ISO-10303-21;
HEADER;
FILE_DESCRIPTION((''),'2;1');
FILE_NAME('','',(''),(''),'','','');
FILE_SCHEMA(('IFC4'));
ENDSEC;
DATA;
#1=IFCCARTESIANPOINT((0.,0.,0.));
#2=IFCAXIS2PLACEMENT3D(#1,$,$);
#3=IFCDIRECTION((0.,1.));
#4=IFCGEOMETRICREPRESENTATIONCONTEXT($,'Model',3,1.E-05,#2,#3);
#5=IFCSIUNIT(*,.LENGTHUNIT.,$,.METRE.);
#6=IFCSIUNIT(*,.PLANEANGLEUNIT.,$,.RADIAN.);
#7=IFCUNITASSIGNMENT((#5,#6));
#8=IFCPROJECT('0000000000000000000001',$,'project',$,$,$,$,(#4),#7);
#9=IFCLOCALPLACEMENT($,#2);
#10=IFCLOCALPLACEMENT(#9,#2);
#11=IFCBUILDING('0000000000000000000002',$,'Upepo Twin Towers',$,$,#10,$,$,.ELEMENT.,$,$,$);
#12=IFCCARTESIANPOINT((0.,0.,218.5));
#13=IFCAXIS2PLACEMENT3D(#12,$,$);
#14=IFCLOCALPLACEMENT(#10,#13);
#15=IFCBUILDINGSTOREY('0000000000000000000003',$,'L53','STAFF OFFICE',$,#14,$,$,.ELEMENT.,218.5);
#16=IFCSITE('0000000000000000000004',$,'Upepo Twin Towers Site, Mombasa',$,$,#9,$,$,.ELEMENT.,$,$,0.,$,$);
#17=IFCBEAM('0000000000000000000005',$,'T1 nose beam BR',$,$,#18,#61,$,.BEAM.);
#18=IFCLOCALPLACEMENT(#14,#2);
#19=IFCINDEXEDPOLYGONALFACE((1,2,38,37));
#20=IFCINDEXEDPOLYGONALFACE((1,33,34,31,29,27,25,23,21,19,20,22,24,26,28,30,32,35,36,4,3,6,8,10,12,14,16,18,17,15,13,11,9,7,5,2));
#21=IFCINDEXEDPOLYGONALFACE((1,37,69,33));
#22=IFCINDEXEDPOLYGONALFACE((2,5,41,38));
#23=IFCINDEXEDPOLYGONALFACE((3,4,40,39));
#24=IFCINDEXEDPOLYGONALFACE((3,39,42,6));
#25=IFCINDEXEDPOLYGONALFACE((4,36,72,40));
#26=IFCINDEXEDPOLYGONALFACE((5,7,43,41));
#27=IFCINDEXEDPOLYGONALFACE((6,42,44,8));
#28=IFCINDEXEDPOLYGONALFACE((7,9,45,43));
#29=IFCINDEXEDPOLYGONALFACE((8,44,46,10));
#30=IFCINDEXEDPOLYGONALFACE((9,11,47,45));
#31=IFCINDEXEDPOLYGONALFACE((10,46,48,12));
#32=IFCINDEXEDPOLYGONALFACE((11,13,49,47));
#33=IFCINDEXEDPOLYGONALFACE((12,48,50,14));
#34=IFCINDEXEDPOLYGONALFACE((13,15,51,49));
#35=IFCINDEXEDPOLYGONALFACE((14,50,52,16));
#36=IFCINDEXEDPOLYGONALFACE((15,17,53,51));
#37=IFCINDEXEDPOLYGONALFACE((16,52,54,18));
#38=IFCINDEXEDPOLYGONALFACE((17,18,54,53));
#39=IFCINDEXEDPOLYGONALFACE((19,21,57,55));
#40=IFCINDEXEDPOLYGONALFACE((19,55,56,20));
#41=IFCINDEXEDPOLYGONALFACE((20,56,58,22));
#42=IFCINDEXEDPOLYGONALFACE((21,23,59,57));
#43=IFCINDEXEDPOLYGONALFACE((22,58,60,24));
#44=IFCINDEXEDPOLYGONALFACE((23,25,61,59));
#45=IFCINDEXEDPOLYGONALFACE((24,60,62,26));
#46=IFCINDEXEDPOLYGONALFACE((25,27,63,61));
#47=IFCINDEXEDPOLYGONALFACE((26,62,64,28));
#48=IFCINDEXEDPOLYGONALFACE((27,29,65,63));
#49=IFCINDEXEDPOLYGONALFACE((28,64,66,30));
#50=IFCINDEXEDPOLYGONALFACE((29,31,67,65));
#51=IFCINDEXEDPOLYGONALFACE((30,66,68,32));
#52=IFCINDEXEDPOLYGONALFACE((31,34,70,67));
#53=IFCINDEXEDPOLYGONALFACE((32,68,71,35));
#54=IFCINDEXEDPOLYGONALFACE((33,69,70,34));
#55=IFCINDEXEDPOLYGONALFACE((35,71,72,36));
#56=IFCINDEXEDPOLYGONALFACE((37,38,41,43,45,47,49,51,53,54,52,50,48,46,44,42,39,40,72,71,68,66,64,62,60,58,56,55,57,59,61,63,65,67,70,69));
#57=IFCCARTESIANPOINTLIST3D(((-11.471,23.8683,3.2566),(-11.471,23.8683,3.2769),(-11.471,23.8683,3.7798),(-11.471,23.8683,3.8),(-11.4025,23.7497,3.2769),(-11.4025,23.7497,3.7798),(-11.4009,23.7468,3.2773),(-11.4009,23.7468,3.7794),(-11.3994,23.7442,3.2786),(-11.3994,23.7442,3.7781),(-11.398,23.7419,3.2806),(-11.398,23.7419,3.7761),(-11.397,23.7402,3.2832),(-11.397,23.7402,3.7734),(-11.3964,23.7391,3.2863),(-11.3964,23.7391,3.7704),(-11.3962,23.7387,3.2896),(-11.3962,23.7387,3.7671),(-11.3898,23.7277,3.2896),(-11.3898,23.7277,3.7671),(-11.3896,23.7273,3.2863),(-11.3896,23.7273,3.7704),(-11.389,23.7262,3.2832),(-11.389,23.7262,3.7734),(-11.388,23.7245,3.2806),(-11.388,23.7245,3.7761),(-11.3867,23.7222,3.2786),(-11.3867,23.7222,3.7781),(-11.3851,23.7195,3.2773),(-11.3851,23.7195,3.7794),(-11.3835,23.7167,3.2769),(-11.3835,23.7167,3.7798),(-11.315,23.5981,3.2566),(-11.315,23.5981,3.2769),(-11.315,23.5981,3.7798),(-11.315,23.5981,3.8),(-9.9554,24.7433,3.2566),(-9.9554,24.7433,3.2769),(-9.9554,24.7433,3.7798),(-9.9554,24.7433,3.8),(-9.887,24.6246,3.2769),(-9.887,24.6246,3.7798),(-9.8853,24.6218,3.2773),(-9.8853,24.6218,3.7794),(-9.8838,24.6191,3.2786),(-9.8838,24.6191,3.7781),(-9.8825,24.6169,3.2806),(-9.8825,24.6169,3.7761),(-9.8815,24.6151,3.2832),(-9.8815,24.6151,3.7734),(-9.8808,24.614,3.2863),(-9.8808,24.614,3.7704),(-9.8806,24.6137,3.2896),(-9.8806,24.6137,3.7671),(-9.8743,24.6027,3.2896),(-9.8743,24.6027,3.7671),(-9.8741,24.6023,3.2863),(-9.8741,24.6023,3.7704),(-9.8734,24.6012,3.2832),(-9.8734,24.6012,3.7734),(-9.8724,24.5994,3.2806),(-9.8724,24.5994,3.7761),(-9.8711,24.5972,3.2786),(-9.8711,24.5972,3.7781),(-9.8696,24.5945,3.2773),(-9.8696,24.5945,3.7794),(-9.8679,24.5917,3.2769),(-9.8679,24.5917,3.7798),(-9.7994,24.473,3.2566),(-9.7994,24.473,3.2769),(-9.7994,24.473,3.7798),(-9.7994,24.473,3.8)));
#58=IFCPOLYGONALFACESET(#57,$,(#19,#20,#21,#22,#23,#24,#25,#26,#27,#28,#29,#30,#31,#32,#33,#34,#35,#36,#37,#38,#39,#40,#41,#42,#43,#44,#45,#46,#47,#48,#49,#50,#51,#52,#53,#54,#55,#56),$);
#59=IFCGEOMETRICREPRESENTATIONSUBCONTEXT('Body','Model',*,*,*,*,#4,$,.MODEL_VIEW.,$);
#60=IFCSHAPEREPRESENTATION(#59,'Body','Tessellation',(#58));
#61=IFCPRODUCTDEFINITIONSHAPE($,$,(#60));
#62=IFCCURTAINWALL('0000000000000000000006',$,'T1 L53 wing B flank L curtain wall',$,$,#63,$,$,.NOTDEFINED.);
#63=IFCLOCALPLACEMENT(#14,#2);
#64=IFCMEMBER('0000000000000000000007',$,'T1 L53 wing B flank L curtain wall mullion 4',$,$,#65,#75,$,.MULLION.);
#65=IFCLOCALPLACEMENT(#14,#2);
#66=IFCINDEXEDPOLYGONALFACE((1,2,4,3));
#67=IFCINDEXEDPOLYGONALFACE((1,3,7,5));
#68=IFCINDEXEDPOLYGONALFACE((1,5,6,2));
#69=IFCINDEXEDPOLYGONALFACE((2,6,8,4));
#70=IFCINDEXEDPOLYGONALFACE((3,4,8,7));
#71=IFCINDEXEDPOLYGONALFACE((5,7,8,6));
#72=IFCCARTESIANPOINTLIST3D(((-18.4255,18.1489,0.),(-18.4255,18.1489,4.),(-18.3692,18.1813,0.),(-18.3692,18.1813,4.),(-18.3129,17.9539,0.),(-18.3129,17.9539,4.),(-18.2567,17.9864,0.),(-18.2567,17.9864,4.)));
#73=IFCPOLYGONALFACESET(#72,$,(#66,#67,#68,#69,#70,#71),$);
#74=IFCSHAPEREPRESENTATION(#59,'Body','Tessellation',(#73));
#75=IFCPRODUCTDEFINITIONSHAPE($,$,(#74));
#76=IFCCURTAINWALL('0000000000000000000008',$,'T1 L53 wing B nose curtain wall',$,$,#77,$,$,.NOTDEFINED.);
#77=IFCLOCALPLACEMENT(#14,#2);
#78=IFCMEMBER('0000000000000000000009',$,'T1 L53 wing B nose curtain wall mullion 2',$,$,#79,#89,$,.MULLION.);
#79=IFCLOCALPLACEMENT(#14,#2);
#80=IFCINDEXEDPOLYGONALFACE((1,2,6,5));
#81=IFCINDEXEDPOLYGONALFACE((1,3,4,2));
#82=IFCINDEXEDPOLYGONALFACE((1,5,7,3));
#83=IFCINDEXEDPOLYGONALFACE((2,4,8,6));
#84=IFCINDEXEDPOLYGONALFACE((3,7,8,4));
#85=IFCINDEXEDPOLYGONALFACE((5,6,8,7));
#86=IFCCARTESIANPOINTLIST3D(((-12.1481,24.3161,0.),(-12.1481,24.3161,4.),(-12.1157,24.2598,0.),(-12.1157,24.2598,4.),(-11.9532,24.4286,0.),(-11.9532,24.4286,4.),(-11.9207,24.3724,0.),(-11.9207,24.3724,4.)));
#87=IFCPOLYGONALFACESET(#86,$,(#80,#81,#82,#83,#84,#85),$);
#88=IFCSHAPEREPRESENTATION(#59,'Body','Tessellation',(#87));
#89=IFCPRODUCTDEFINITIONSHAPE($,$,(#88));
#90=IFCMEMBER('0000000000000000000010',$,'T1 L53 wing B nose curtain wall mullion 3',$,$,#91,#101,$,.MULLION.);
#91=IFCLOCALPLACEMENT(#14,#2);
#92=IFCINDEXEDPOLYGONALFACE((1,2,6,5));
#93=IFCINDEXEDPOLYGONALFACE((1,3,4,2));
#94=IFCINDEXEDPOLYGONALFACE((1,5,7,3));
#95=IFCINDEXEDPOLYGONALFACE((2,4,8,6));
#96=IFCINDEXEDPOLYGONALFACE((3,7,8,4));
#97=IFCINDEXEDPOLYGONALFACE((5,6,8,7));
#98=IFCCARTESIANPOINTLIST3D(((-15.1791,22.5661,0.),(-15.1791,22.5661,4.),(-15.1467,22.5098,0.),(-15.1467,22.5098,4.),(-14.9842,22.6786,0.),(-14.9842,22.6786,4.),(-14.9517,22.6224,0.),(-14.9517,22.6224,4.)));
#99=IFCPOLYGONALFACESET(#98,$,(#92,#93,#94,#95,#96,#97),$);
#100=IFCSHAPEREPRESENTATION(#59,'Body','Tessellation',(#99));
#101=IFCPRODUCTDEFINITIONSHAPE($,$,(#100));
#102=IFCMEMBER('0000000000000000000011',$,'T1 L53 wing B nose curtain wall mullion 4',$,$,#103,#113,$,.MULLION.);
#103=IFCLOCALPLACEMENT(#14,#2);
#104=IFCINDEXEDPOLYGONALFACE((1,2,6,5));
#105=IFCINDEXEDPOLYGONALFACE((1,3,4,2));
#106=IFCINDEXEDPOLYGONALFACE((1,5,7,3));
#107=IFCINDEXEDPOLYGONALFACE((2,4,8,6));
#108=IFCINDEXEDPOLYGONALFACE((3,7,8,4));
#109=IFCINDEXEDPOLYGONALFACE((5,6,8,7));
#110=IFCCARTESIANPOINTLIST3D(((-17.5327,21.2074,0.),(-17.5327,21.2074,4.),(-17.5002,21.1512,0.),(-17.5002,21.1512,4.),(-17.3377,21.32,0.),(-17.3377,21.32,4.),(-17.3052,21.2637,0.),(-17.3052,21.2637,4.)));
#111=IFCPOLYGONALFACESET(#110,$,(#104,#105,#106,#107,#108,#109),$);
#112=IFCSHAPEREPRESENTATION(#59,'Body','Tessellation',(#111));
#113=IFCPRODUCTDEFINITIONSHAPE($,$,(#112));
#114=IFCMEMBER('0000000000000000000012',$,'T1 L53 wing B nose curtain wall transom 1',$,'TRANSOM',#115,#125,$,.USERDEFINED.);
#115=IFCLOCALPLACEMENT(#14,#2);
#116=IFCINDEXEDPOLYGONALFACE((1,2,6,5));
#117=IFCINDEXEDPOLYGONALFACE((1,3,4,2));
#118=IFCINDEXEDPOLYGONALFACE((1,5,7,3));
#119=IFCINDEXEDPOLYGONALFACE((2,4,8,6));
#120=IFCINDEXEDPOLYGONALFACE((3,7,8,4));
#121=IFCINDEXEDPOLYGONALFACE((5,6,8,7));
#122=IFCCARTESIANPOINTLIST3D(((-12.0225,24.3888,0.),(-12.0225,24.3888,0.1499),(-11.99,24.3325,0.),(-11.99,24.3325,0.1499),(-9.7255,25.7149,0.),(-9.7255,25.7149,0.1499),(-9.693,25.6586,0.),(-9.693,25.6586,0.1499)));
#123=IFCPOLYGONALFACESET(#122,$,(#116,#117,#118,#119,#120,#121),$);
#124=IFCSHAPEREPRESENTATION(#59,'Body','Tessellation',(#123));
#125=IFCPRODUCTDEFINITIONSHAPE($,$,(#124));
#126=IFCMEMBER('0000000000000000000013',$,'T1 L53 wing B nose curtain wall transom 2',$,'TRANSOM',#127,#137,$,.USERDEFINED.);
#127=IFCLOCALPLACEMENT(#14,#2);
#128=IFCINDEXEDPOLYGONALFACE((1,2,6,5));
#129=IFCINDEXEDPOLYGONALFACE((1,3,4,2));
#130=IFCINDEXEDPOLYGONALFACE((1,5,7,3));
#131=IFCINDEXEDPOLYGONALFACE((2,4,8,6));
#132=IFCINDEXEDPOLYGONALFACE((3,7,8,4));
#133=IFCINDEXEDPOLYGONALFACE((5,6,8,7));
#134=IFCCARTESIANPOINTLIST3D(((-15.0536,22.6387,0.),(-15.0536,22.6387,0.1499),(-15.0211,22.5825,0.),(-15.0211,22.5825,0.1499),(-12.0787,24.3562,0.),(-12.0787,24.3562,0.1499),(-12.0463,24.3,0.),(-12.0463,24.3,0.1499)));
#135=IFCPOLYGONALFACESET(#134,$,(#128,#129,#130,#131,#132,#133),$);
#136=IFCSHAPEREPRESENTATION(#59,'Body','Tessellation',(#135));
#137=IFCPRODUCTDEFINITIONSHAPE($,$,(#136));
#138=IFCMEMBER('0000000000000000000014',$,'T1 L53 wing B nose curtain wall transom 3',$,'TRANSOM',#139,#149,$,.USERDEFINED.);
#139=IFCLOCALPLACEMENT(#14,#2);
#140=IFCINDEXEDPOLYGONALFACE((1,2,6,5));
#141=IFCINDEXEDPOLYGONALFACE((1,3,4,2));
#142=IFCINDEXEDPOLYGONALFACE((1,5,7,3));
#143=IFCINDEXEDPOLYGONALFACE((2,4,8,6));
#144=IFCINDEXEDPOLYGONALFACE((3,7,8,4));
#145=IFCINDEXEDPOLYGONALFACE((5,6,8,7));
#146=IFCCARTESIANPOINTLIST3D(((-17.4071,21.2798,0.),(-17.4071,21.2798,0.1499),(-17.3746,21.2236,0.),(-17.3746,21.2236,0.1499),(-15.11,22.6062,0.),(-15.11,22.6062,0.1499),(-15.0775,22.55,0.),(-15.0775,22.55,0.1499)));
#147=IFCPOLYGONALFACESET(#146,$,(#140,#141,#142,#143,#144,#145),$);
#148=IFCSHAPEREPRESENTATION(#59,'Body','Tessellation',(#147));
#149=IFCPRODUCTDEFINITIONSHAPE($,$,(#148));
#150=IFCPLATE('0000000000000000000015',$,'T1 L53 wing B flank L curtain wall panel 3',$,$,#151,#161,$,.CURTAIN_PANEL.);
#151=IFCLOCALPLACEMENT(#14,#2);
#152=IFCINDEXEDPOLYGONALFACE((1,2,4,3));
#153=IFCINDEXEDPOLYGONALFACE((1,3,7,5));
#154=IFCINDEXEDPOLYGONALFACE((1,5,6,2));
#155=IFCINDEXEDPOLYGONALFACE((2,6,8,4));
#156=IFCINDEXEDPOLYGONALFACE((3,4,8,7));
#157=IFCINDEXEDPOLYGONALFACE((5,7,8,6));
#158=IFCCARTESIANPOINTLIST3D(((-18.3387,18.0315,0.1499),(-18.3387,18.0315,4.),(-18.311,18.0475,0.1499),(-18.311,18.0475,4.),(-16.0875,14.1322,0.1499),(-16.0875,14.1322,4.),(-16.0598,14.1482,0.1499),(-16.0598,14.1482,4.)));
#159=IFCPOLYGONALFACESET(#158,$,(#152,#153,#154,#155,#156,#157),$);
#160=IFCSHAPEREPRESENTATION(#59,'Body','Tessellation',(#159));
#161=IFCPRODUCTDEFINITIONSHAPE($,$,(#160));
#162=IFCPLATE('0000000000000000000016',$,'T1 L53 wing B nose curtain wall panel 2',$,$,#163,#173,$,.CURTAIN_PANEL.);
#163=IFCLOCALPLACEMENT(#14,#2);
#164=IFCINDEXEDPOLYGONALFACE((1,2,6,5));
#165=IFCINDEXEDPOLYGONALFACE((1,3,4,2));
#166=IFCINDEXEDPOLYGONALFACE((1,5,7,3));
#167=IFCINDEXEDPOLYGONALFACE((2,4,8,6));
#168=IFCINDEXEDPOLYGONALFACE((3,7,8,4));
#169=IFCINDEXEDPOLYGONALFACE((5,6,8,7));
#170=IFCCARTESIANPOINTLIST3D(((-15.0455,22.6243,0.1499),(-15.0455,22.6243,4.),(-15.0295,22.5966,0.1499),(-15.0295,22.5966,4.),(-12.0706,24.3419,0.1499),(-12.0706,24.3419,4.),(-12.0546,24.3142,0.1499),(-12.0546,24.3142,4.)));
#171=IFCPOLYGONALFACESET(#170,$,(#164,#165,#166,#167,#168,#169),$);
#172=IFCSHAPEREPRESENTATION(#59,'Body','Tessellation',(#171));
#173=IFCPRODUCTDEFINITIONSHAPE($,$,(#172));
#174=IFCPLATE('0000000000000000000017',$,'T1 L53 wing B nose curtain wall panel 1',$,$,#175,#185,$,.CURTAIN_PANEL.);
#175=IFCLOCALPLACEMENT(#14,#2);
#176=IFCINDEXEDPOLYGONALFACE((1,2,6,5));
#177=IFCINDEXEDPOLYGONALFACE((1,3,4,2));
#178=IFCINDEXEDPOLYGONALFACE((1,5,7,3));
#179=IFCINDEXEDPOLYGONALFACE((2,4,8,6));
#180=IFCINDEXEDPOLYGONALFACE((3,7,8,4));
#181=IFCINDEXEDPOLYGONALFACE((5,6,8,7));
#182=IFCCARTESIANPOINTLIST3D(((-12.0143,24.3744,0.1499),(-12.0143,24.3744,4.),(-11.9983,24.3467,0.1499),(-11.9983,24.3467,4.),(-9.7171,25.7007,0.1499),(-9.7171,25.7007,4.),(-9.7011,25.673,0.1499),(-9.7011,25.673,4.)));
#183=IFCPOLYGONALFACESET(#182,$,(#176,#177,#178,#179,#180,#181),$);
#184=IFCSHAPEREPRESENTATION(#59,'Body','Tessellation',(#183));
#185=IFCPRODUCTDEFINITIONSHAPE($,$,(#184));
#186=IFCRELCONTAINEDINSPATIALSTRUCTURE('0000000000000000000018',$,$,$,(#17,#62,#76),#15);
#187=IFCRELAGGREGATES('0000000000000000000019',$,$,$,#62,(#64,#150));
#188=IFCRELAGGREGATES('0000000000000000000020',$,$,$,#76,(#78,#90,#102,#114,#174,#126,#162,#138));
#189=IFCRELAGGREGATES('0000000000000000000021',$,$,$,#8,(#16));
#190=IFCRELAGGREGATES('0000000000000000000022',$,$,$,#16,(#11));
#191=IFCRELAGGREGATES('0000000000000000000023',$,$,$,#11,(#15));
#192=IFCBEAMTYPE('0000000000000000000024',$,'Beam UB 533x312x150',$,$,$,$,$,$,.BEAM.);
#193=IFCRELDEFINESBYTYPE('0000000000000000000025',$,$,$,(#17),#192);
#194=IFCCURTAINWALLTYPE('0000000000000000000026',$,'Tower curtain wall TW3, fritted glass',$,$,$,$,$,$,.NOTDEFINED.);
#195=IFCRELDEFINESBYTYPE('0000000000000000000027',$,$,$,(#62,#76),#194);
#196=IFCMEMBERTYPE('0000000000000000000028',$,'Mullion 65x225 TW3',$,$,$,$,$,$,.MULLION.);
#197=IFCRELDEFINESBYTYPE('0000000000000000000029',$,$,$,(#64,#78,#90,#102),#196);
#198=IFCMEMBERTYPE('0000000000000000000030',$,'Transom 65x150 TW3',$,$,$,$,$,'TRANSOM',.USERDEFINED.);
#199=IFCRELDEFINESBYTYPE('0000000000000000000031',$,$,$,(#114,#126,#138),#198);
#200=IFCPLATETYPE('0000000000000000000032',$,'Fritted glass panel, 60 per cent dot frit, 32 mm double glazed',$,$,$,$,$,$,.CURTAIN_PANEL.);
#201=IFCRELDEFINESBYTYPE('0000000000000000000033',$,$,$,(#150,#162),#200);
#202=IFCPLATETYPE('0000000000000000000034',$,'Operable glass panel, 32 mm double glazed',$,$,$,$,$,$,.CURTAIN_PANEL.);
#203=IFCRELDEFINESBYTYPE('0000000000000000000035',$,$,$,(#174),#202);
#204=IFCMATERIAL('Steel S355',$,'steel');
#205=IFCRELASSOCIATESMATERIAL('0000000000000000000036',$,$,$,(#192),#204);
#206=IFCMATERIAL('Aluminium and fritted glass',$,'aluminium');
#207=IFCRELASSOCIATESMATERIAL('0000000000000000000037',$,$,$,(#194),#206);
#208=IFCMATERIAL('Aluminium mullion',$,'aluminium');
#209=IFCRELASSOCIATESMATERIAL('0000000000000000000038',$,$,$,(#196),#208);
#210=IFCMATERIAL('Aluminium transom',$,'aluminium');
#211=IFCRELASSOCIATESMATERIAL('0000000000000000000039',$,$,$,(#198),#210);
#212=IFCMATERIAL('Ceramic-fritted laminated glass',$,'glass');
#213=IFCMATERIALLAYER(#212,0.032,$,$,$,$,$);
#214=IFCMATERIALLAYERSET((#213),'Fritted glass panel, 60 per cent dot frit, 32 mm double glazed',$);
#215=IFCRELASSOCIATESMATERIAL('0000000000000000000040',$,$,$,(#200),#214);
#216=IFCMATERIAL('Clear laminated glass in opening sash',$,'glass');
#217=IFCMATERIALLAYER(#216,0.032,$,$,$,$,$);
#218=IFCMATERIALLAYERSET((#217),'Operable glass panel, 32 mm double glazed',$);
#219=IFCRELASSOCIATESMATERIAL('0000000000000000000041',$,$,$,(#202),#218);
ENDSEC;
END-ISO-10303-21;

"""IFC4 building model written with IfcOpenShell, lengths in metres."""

from ifc_helpers import new_model, si_unit, direction, frame, origin, origin_2d, place, context, subcontext, project, spatial, rectangle, i_section, extrude, material, layer, layer_set, material_profile, profile_set, type_object, element, aggregate, save


model = new_model("IFC4")

# Units and contexts
model_context = context("Model", 3, precision=1e-05, world=origin(), true_north=direction((0.0, 1.0)))
body_context = subcontext(model_context, "Body", "Model", "MODEL_VIEW")
ifc_project = project(units=[si_unit("LENGTHUNIT", "METRE"), si_unit("PLANEANGLEUNIT", "RADIAN")], contexts=[model_context])

# Site, building, storey
site_placement = place(None, origin())
site = spatial("IfcSite", under=ifc_project, at=site_placement, Name="Upepo Twin Towers Site, Mombasa", CompositionType="ELEMENT", RefElevation=0.0)
building_placement = place(site_placement, origin())
building = spatial("IfcBuilding", under=site, at=building_placement, Name="Upepo Twin Towers", CompositionType="ELEMENT")
storey_placement = place(building_placement, frame((0.0, 0.0, 218.5)))
storey = spatial("IfcBuildingStorey", under=building, at=storey_placement, Name="L53", Description="STAFF OFFICE", CompositionType="ELEMENT", Elevation=218.5)

# Beam
ifc_material_1 = material(Name="Steel S355", Category="steel")
ifc_material_profile_1 = material_profile(ifc_material_1, i_section(OverallWidth=0.312, OverallDepth=0.5435, WebThickness=0.0127, FlangeThickness=0.0203, FilletRadius=0.0127, at=origin_2d()), Name="UB 533x312x150")
ifc_profile_set_1 = profile_set([ifc_material_profile_1], Name="Steel S355")
beam_type_1 = type_object("IfcBeamType", Name="Beam UB 533x312x150", PredefinedType="BEAM", material=ifc_profile_set_1)
for number, where, z_axis, x_axis, name in (
    (1, (-9.8774, 24.6082, 3.5283), (-0.866037, -0.49998, 0.0), (0.49998, -0.866037, 0.0), "T1 nose beam BR"),
):
    element("IfcBeam", number, at=place(storey_placement, frame(where, z_axis=z_axis, x_axis=x_axis)), inside=storey, type_object=beam_type_1, Name=name, PredefinedType="BEAM", context=body_context, shape_type="SweptSolid", body=[
        extrude(i_section(OverallWidth=0.312, OverallDepth=0.5435, WebThickness=0.0127, FlangeThickness=0.0203, FilletRadius=0.0127, at=origin_2d()), origin(), (0.0, 0.0, 1.0), 1.75),
    ])

# Curtain wall, member
ifc_material_2 = material(Name="Aluminium and fritted glass", Category="aluminium")
curtain_wall_type = type_object("IfcCurtainWallType", Name="Tower curtain wall TW3, fritted glass", PredefinedType="NOTDEFINED", material=ifc_material_2)
curtain_wall_1_placement = place(storey_placement, origin())
curtain_wall_1 = element("IfcCurtainWall", 2, at=curtain_wall_1_placement, inside=storey, type_object=curtain_wall_type, Name="T1 L53 wing B flank L curtain wall", PredefinedType="NOTDEFINED")
ifc_material_3 = material(Name="Aluminium mullion", Category="aluminium")
ifc_material_profile_2 = material_profile(ifc_material_3, rectangle(XDim=0.0649, YDim=0.2251, at=origin_2d()), Name="MULLION 65x225")
ifc_profile_set_2 = profile_set([ifc_material_profile_2], Name="Aluminium mullion")
member_type_1 = type_object("IfcMemberType", Name="Mullion 65x225 TW3", PredefinedType="MULLION", material=ifc_profile_set_2)
member_1_placement = place(storey_placement, frame((-18.3411, 18.0676, 0.0), z_axis=(0.0, 0.0, 1.0), x_axis=(-0.866025, -0.5, 0.0)))
member_1 = element("IfcMember", 3, at=member_1_placement, type_object=member_type_1, Name="T1 L53 wing B flank L curtain wall mullion 4", PredefinedType="MULLION", context=body_context, shape_type="SweptSolid", body=[
    extrude(rectangle(XDim=0.0649, YDim=0.2251, at=origin_2d()), origin(), (0.0, 0.0, 1.0), 4.0),
])

# Curtain wall, members
curtain_wall_2_placement = place(storey_placement, origin())
curtain_wall_2 = element("IfcCurtainWall", 4, at=curtain_wall_2_placement, inside=storey, type_object=curtain_wall_type, Name="T1 L53 wing B nose curtain wall", PredefinedType="NOTDEFINED")
member_2_placement = place(storey_placement, frame((-12.0344, 24.3442, 0.0), z_axis=(0.0, 0.0, 1.0), x_axis=(0.5, -0.866025, 0.0)))
member_2 = element("IfcMember", 5, at=member_2_placement, type_object=member_type_1, Name="T1 L53 wing B nose curtain wall mullion 2", PredefinedType="MULLION", context=body_context, shape_type="SweptSolid", body=[
    extrude(rectangle(XDim=0.0649, YDim=0.2251, at=origin_2d()), origin(), (0.0, 0.0, 1.0), 4.0),
])
member_3_placement = place(storey_placement, frame((-15.0654, 22.5942, 0.0), z_axis=(0.0, 0.0, 1.0), x_axis=(0.5, -0.866025, 0.0)))
member_3 = element("IfcMember", 6, at=member_3_placement, type_object=member_type_1, Name="T1 L53 wing B nose curtain wall mullion 3", PredefinedType="MULLION", context=body_context, shape_type="SweptSolid", body=[
    extrude(rectangle(XDim=0.0649, YDim=0.2251, at=origin_2d()), origin(), (0.0, 0.0, 1.0), 4.0),
])
member_4_placement = place(storey_placement, frame((-17.4189, 21.2356, 0.0), z_axis=(0.0, 0.0, 1.0), x_axis=(0.5, -0.866025, 0.0)))
member_4 = element("IfcMember", 7, at=member_4_placement, type_object=member_type_1, Name="T1 L53 wing B nose curtain wall mullion 4", PredefinedType="MULLION", context=body_context, shape_type="SweptSolid", body=[
    extrude(rectangle(XDim=0.0649, YDim=0.2251, at=origin_2d()), origin(), (0.0, 0.0, 1.0), 4.0),
])
ifc_material_4 = material(Name="Aluminium transom", Category="aluminium")
ifc_material_profile_3 = material_profile(ifc_material_4, rectangle(XDim=0.0649, YDim=0.1499, at=origin_2d()), Name="TRANSOM 65x150")
ifc_profile_set_3 = profile_set([ifc_material_profile_3], Name="Aluminium transom")
member_type_2 = type_object("IfcMemberType", Name="Transom 65x150 TW3", ElementType="TRANSOM", PredefinedType="USERDEFINED", material=ifc_profile_set_3)
member_5_placement = place(storey_placement, frame((-9.7092, 25.6868, 0.075), z_axis=(-0.866037, -0.49998, 0.0), x_axis=(0.49998, -0.866037, 0.0)))
member_5 = element("IfcMember", 8, at=member_5_placement, type_object=member_type_2, Name="T1 L53 wing B nose curtain wall transom 1", ObjectType="TRANSOM", PredefinedType="USERDEFINED", context=body_context, shape_type="SweptSolid", body=[
    extrude(rectangle(XDim=0.0649, YDim=0.1499, at=origin_2d()), origin(), (0.0, 0.0, 1.0), 2.6523),
])
member_6_placement = place(storey_placement, frame((-12.0625, 24.3281, 0.075), z_axis=(-0.866026, -0.499999, 0.0), x_axis=(0.499999, -0.866026, 0.0)))
member_6 = element("IfcMember", 9, at=member_6_placement, type_object=member_type_2, Name="T1 L53 wing B nose curtain wall transom 2", ObjectType="TRANSOM", PredefinedType="USERDEFINED", context=body_context, shape_type="SweptSolid", body=[
    extrude(rectangle(XDim=0.0649, YDim=0.1499, at=origin_2d()), origin(), (0.0, 0.0, 1.0), 3.4351),
])
member_7_placement = place(storey_placement, frame((-15.0938, 22.5781, 0.075), z_axis=(-0.865997, -0.500049, 0.0), x_axis=(0.500049, -0.865997, 0.0)))
member_7 = element("IfcMember", 10, at=member_7_placement, type_object=member_type_2, Name="T1 L53 wing B nose curtain wall transom 3", ObjectType="TRANSOM", PredefinedType="USERDEFINED", context=body_context, shape_type="SweptSolid", body=[
    extrude(rectangle(XDim=0.0649, YDim=0.1499, at=origin_2d()), origin(), (0.0, 0.0, 1.0), 2.6526),
])

# Plates
ifc_material_5 = material(Name="Ceramic-fritted laminated glass", Category="glass")
ifc_layer_1 = layer(ifc_material_5, 0.032)
ifc_layer_set_1 = layer_set([ifc_layer_1], Name="Fritted glass panel, 60 per cent dot frit, 32 mm double glazed")
plate_type_1 = type_object("IfcPlateType", Name="Fritted glass panel, 60 per cent dot frit, 32 mm double glazed", PredefinedType="CURTAIN_PANEL", material=ifc_layer_set_1)
plate_1_placement = place(storey_placement, frame((-17.1992, 16.0898, 0.1499), z_axis=(0.0, 0.0, 1.0), x_axis=(-0.5, 0.866025, 0.0)))
plate_1 = element("IfcPlate", 11, at=plate_1_placement, type_object=plate_type_1, Name="T1 L53 wing B flank L curtain wall panel 3", PredefinedType="CURTAIN_PANEL", context=body_context, shape_type="SweptSolid", body=[
    extrude(rectangle(XDim=4.5024, YDim=0.032, at=origin_2d()), origin(), (0.0, 0.0, 1.0), 3.8501),
])
aggregate(curtain_wall_1, [member_1, plate_1])
plate_2_placement = place(storey_placement, frame((-13.55, 23.4692, 0.1499), z_axis=(0.0, 0.0, 1.0), x_axis=(-0.866025, -0.5, 0.0)))
plate_2 = element("IfcPlate", 12, at=plate_2_placement, type_object=plate_type_1, Name="T1 L53 wing B nose curtain wall panel 2", PredefinedType="CURTAIN_PANEL", context=body_context, shape_type="SweptSolid", body=[
    extrude(rectangle(XDim=3.4351, YDim=0.032, at=origin_2d()), origin(), (0.0, 0.0, 1.0), 3.8501),
])
ifc_material_6 = material(Name="Clear laminated glass in opening sash", Category="glass")
ifc_layer_2 = layer(ifc_material_6, 0.032)
ifc_layer_set_2 = layer_set([ifc_layer_2], Name="Operable glass panel, 32 mm double glazed")
plate_type_2 = type_object("IfcPlateType", Name="Operable glass panel, 32 mm double glazed", PredefinedType="CURTAIN_PANEL", material=ifc_layer_set_2)
plate_3_placement = place(storey_placement, frame((-10.8577, 25.0237, 0.1499), z_axis=(0.0, 0.0, 1.0), x_axis=(-0.866025, -0.5, 0.0)))
plate_3 = element("IfcPlate", 13, at=plate_3_placement, type_object=plate_type_2, Name="T1 L53 wing B nose curtain wall panel 1", PredefinedType="CURTAIN_PANEL", context=body_context, shape_type="SweptSolid", body=[
    extrude(rectangle(XDim=2.6526, YDim=0.032, at=origin_2d()), origin(), (0.0, 0.0, 1.0), 3.8501),
])
aggregate(curtain_wall_2, [member_2, member_3, member_4, member_5, plate_3, member_6, plate_2, member_7])

save(model, "model.ifc")
